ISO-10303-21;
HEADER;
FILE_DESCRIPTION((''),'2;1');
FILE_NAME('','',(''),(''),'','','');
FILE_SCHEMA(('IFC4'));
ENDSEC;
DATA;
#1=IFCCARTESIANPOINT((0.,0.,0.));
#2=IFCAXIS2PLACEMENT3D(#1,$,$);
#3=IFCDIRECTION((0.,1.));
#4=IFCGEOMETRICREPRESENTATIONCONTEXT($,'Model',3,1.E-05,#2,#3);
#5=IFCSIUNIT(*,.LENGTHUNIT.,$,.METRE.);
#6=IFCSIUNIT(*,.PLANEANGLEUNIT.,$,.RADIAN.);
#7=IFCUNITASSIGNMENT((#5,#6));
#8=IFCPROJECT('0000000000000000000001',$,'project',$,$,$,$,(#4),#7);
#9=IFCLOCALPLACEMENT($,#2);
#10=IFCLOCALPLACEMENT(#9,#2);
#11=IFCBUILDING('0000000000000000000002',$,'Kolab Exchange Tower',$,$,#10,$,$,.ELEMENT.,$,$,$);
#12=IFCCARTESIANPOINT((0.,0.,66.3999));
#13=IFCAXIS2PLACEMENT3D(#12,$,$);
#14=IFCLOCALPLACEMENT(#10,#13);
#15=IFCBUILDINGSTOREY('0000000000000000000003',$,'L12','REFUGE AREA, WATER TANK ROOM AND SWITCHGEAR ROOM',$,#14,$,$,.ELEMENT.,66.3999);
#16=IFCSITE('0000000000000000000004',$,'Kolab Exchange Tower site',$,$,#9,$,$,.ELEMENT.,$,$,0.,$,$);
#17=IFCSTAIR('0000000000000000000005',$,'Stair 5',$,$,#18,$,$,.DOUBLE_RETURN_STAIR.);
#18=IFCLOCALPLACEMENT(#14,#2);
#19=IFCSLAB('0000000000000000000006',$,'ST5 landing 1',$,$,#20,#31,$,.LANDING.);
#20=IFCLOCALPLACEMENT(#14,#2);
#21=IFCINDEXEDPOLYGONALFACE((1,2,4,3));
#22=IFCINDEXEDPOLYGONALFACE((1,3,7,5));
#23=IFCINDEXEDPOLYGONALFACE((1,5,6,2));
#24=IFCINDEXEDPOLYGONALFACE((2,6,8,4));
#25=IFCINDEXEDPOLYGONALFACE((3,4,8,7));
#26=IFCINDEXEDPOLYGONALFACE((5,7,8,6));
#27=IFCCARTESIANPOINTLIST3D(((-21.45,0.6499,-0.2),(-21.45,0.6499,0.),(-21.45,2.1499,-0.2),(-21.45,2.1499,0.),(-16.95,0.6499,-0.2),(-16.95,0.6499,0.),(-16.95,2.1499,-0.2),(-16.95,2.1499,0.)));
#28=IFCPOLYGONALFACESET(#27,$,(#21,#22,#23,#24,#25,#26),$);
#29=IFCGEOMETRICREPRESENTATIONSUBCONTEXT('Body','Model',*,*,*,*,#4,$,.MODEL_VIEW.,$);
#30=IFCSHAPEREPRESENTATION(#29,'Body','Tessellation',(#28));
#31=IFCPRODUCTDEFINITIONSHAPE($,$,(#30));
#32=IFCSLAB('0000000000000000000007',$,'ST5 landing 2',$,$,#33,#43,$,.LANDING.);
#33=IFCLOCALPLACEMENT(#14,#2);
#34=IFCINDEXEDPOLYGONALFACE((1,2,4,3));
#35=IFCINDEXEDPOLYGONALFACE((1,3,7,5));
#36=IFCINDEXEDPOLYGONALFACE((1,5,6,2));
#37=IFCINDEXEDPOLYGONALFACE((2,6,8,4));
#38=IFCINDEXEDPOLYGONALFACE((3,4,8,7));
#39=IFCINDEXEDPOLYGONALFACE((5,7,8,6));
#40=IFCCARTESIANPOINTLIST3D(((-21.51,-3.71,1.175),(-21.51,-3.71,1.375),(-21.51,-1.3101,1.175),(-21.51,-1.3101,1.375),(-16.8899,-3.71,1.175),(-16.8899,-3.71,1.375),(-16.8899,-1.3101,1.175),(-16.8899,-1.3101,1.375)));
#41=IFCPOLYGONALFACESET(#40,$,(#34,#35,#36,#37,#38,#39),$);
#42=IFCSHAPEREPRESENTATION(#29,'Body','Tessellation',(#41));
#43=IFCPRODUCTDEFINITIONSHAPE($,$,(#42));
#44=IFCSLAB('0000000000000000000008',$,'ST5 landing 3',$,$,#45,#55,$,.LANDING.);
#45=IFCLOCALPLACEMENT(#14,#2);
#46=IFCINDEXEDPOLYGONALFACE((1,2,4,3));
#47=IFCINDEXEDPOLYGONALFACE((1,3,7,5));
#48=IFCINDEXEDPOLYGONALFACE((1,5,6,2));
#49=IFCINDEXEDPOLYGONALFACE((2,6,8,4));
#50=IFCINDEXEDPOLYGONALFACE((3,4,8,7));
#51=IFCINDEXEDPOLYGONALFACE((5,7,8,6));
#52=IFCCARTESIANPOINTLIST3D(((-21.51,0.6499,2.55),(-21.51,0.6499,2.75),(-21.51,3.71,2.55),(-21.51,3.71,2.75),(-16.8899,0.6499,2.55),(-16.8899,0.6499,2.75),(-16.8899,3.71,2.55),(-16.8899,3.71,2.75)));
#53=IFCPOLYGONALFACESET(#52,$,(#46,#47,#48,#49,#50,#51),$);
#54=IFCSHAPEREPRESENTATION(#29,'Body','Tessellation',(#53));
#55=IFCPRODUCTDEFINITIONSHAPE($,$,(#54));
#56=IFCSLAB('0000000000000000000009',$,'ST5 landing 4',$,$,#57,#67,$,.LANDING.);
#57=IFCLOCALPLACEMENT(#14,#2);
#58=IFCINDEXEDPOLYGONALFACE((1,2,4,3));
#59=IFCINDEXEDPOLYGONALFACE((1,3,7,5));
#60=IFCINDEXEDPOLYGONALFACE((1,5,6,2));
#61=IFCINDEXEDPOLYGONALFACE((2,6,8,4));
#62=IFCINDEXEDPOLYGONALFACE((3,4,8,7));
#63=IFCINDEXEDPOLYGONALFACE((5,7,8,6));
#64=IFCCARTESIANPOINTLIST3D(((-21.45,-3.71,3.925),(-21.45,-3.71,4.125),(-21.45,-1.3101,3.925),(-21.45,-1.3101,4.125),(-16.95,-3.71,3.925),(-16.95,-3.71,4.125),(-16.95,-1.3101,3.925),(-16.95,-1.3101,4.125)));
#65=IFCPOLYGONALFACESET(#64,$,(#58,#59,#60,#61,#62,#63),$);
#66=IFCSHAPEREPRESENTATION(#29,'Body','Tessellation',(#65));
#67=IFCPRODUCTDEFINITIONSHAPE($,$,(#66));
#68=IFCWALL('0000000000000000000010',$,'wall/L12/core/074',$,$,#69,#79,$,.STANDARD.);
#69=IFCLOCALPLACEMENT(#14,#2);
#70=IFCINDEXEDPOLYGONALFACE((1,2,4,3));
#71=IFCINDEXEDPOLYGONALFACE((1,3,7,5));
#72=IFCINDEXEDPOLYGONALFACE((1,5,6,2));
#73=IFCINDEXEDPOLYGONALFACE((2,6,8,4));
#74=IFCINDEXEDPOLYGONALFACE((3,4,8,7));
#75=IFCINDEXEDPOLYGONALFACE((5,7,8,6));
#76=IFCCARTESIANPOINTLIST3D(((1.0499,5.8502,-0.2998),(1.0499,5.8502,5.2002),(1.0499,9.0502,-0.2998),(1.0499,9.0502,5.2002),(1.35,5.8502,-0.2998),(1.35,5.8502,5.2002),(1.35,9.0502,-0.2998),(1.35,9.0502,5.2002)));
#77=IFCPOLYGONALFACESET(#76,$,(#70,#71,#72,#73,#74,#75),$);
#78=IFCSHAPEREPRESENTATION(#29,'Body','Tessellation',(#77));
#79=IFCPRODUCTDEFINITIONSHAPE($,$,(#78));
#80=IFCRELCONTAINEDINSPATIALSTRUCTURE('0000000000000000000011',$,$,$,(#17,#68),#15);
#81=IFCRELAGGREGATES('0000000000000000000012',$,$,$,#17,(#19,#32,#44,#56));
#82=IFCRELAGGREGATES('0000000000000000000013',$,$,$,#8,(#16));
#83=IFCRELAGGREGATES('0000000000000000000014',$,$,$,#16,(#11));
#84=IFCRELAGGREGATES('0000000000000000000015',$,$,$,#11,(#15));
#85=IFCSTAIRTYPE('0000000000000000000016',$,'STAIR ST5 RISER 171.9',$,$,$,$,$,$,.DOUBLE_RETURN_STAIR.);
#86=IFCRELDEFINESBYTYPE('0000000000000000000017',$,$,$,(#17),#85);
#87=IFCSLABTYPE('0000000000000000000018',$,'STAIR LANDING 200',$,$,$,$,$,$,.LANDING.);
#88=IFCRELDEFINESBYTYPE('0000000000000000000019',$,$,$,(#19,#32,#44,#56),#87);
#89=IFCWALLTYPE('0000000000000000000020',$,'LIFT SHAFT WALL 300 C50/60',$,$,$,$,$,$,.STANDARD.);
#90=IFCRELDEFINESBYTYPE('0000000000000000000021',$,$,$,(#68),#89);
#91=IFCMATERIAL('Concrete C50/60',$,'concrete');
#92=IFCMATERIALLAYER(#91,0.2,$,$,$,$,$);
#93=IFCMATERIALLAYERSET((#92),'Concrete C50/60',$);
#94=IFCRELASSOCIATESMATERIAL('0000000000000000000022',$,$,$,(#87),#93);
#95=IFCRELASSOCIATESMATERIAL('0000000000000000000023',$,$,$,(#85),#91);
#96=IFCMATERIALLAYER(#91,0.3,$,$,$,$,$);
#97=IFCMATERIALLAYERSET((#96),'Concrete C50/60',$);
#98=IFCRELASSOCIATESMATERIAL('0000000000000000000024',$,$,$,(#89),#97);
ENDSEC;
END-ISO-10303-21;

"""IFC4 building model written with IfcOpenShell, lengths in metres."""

from ifc_helpers import new_model, si_unit, direction, frame, frame_2d, origin, place, context, subcontext, project, spatial, polyline, rectangle, outline, extrude, material, layer, layer_set, type_object, element, aggregate, save


model = new_model("IFC4")

# Units and contexts
model_context = context("Model", 3, precision=1e-05, world=origin(), true_north=direction((0.0, 1.0)))
body_context = subcontext(model_context, "Body", "Model", "MODEL_VIEW")
ifc_project = project(units=[si_unit("LENGTHUNIT", "METRE"), si_unit("PLANEANGLEUNIT", "RADIAN")], contexts=[model_context])

# Site, building, storey
site_placement = place(None, origin())
site = spatial("IfcSite", under=ifc_project, at=site_placement, Name="Kolab Exchange Tower site", CompositionType="ELEMENT", RefElevation=0.0)
building_placement = place(site_placement, origin())
building = spatial("IfcBuilding", under=site, at=building_placement, Name="Kolab Exchange Tower", CompositionType="ELEMENT")
storey_placement = place(building_placement, frame((0.0, 0.0, 66.3999)))
storey = spatial("IfcBuildingStorey", under=building, at=storey_placement, Name="L12", Description="REFUGE AREA, WATER TANK ROOM AND SWITCHGEAR ROOM", CompositionType="ELEMENT", Elevation=66.3999)

# Stair, slabs
ifc_material = material(Name="Concrete C50/60", Category="concrete")
ifc_layer_1 = layer(ifc_material, 0.2)
ifc_layer_set_1 = layer_set([ifc_layer_1], Name="Concrete C50/60")
slab_type = type_object("IfcSlabType", Name="STAIR LANDING 200", PredefinedType="LANDING", material=ifc_layer_set_1)
stair_type_1 = type_object("IfcStairType", Name="STAIR ST5 RISER 171.9", PredefinedType="DOUBLE_RETURN_STAIR", material=ifc_material)
stair_1_placement = place(storey_placement, origin())
stair_1 = element("IfcStair", 1, at=stair_1_placement, inside=storey, type_object=stair_type_1, Name="Stair 5", PredefinedType="DOUBLE_RETURN_STAIR")
slab_1_placement = place(storey_placement, frame((0.0, 0.0, -0.2)))
slab_1 = element("IfcSlab", 2, at=slab_1_placement, type_object=slab_type, Name="ST5 landing 1", PredefinedType="LANDING", context=body_context, shape_type="SweptSolid", body=[
    extrude(outline(polyline([(-21.45, 0.6499), (-16.95, 0.6499), (-16.95, 2.1499), (-21.45, 2.1499), (-21.45, 0.6499)])), origin(), (0.0, 0.0, 1.0), 0.2),
])
slab_2_placement = place(storey_placement, frame((0.0, 0.0, 1.175)))
slab_2 = element("IfcSlab", 3, at=slab_2_placement, type_object=slab_type, Name="ST5 landing 2", PredefinedType="LANDING", context=body_context, shape_type="SweptSolid", body=[
    extrude(outline(polyline([(-21.51, -3.71), (-16.8899, -3.71), (-16.8899, -1.3101), (-21.51, -1.3101), (-21.51, -3.71)])), origin(), (0.0, 0.0, 1.0), 0.2),
])
slab_3_placement = place(storey_placement, frame((0.0, 0.0, 2.55)))
slab_3 = element("IfcSlab", 4, at=slab_3_placement, type_object=slab_type, Name="ST5 landing 3", PredefinedType="LANDING", context=body_context, shape_type="SweptSolid", body=[
    extrude(outline(polyline([(-21.51, 0.6499), (-16.8899, 0.6499), (-16.8899, 3.71), (-21.51, 3.71), (-21.51, 0.6499)])), origin(), (0.0, 0.0, 1.0), 0.2),
])
slab_4_placement = place(storey_placement, frame((0.0, 0.0, 3.925)))
slab_4 = element("IfcSlab", 5, at=slab_4_placement, type_object=slab_type, Name="ST5 landing 4", PredefinedType="LANDING", context=body_context, shape_type="SweptSolid", body=[
    extrude(outline(polyline([(-21.45, -3.71), (-16.95, -3.71), (-16.95, -1.3101), (-21.45, -1.3101), (-21.45, -3.71)])), origin(), (0.0, 0.0, 1.0), 0.2),
])
aggregate(stair_1, [slab_1, slab_2, slab_3, slab_4])

# Wall
ifc_layer_2 = layer(ifc_material, 0.3)
ifc_layer_set_2 = layer_set([ifc_layer_2], Name="Concrete C50/60")
wall_type = type_object("IfcWallType", Name="LIFT SHAFT WALL 300 C50/60", PredefinedType="STANDARD", material=ifc_layer_set_2)
wall_placement = place(storey_placement, frame((1.2, 5.8501, -0.2998), z_axis=(0.0, 0.0, 1.0), x_axis=(0.0, 1.0, 0.0)))
element("IfcWall", 6, at=wall_placement, inside=storey, type_object=wall_type, Name="wall/L12/core/074", PredefinedType="STANDARD", context=body_context, shape_type="SweptSolid", body=[
    extrude(rectangle(XDim=3.2, YDim=0.3, at=frame_2d((1.6001, 0.0))), origin(), (0.0, 0.0, 1.0), 5.5),
])

save(model, "model.ifc")
